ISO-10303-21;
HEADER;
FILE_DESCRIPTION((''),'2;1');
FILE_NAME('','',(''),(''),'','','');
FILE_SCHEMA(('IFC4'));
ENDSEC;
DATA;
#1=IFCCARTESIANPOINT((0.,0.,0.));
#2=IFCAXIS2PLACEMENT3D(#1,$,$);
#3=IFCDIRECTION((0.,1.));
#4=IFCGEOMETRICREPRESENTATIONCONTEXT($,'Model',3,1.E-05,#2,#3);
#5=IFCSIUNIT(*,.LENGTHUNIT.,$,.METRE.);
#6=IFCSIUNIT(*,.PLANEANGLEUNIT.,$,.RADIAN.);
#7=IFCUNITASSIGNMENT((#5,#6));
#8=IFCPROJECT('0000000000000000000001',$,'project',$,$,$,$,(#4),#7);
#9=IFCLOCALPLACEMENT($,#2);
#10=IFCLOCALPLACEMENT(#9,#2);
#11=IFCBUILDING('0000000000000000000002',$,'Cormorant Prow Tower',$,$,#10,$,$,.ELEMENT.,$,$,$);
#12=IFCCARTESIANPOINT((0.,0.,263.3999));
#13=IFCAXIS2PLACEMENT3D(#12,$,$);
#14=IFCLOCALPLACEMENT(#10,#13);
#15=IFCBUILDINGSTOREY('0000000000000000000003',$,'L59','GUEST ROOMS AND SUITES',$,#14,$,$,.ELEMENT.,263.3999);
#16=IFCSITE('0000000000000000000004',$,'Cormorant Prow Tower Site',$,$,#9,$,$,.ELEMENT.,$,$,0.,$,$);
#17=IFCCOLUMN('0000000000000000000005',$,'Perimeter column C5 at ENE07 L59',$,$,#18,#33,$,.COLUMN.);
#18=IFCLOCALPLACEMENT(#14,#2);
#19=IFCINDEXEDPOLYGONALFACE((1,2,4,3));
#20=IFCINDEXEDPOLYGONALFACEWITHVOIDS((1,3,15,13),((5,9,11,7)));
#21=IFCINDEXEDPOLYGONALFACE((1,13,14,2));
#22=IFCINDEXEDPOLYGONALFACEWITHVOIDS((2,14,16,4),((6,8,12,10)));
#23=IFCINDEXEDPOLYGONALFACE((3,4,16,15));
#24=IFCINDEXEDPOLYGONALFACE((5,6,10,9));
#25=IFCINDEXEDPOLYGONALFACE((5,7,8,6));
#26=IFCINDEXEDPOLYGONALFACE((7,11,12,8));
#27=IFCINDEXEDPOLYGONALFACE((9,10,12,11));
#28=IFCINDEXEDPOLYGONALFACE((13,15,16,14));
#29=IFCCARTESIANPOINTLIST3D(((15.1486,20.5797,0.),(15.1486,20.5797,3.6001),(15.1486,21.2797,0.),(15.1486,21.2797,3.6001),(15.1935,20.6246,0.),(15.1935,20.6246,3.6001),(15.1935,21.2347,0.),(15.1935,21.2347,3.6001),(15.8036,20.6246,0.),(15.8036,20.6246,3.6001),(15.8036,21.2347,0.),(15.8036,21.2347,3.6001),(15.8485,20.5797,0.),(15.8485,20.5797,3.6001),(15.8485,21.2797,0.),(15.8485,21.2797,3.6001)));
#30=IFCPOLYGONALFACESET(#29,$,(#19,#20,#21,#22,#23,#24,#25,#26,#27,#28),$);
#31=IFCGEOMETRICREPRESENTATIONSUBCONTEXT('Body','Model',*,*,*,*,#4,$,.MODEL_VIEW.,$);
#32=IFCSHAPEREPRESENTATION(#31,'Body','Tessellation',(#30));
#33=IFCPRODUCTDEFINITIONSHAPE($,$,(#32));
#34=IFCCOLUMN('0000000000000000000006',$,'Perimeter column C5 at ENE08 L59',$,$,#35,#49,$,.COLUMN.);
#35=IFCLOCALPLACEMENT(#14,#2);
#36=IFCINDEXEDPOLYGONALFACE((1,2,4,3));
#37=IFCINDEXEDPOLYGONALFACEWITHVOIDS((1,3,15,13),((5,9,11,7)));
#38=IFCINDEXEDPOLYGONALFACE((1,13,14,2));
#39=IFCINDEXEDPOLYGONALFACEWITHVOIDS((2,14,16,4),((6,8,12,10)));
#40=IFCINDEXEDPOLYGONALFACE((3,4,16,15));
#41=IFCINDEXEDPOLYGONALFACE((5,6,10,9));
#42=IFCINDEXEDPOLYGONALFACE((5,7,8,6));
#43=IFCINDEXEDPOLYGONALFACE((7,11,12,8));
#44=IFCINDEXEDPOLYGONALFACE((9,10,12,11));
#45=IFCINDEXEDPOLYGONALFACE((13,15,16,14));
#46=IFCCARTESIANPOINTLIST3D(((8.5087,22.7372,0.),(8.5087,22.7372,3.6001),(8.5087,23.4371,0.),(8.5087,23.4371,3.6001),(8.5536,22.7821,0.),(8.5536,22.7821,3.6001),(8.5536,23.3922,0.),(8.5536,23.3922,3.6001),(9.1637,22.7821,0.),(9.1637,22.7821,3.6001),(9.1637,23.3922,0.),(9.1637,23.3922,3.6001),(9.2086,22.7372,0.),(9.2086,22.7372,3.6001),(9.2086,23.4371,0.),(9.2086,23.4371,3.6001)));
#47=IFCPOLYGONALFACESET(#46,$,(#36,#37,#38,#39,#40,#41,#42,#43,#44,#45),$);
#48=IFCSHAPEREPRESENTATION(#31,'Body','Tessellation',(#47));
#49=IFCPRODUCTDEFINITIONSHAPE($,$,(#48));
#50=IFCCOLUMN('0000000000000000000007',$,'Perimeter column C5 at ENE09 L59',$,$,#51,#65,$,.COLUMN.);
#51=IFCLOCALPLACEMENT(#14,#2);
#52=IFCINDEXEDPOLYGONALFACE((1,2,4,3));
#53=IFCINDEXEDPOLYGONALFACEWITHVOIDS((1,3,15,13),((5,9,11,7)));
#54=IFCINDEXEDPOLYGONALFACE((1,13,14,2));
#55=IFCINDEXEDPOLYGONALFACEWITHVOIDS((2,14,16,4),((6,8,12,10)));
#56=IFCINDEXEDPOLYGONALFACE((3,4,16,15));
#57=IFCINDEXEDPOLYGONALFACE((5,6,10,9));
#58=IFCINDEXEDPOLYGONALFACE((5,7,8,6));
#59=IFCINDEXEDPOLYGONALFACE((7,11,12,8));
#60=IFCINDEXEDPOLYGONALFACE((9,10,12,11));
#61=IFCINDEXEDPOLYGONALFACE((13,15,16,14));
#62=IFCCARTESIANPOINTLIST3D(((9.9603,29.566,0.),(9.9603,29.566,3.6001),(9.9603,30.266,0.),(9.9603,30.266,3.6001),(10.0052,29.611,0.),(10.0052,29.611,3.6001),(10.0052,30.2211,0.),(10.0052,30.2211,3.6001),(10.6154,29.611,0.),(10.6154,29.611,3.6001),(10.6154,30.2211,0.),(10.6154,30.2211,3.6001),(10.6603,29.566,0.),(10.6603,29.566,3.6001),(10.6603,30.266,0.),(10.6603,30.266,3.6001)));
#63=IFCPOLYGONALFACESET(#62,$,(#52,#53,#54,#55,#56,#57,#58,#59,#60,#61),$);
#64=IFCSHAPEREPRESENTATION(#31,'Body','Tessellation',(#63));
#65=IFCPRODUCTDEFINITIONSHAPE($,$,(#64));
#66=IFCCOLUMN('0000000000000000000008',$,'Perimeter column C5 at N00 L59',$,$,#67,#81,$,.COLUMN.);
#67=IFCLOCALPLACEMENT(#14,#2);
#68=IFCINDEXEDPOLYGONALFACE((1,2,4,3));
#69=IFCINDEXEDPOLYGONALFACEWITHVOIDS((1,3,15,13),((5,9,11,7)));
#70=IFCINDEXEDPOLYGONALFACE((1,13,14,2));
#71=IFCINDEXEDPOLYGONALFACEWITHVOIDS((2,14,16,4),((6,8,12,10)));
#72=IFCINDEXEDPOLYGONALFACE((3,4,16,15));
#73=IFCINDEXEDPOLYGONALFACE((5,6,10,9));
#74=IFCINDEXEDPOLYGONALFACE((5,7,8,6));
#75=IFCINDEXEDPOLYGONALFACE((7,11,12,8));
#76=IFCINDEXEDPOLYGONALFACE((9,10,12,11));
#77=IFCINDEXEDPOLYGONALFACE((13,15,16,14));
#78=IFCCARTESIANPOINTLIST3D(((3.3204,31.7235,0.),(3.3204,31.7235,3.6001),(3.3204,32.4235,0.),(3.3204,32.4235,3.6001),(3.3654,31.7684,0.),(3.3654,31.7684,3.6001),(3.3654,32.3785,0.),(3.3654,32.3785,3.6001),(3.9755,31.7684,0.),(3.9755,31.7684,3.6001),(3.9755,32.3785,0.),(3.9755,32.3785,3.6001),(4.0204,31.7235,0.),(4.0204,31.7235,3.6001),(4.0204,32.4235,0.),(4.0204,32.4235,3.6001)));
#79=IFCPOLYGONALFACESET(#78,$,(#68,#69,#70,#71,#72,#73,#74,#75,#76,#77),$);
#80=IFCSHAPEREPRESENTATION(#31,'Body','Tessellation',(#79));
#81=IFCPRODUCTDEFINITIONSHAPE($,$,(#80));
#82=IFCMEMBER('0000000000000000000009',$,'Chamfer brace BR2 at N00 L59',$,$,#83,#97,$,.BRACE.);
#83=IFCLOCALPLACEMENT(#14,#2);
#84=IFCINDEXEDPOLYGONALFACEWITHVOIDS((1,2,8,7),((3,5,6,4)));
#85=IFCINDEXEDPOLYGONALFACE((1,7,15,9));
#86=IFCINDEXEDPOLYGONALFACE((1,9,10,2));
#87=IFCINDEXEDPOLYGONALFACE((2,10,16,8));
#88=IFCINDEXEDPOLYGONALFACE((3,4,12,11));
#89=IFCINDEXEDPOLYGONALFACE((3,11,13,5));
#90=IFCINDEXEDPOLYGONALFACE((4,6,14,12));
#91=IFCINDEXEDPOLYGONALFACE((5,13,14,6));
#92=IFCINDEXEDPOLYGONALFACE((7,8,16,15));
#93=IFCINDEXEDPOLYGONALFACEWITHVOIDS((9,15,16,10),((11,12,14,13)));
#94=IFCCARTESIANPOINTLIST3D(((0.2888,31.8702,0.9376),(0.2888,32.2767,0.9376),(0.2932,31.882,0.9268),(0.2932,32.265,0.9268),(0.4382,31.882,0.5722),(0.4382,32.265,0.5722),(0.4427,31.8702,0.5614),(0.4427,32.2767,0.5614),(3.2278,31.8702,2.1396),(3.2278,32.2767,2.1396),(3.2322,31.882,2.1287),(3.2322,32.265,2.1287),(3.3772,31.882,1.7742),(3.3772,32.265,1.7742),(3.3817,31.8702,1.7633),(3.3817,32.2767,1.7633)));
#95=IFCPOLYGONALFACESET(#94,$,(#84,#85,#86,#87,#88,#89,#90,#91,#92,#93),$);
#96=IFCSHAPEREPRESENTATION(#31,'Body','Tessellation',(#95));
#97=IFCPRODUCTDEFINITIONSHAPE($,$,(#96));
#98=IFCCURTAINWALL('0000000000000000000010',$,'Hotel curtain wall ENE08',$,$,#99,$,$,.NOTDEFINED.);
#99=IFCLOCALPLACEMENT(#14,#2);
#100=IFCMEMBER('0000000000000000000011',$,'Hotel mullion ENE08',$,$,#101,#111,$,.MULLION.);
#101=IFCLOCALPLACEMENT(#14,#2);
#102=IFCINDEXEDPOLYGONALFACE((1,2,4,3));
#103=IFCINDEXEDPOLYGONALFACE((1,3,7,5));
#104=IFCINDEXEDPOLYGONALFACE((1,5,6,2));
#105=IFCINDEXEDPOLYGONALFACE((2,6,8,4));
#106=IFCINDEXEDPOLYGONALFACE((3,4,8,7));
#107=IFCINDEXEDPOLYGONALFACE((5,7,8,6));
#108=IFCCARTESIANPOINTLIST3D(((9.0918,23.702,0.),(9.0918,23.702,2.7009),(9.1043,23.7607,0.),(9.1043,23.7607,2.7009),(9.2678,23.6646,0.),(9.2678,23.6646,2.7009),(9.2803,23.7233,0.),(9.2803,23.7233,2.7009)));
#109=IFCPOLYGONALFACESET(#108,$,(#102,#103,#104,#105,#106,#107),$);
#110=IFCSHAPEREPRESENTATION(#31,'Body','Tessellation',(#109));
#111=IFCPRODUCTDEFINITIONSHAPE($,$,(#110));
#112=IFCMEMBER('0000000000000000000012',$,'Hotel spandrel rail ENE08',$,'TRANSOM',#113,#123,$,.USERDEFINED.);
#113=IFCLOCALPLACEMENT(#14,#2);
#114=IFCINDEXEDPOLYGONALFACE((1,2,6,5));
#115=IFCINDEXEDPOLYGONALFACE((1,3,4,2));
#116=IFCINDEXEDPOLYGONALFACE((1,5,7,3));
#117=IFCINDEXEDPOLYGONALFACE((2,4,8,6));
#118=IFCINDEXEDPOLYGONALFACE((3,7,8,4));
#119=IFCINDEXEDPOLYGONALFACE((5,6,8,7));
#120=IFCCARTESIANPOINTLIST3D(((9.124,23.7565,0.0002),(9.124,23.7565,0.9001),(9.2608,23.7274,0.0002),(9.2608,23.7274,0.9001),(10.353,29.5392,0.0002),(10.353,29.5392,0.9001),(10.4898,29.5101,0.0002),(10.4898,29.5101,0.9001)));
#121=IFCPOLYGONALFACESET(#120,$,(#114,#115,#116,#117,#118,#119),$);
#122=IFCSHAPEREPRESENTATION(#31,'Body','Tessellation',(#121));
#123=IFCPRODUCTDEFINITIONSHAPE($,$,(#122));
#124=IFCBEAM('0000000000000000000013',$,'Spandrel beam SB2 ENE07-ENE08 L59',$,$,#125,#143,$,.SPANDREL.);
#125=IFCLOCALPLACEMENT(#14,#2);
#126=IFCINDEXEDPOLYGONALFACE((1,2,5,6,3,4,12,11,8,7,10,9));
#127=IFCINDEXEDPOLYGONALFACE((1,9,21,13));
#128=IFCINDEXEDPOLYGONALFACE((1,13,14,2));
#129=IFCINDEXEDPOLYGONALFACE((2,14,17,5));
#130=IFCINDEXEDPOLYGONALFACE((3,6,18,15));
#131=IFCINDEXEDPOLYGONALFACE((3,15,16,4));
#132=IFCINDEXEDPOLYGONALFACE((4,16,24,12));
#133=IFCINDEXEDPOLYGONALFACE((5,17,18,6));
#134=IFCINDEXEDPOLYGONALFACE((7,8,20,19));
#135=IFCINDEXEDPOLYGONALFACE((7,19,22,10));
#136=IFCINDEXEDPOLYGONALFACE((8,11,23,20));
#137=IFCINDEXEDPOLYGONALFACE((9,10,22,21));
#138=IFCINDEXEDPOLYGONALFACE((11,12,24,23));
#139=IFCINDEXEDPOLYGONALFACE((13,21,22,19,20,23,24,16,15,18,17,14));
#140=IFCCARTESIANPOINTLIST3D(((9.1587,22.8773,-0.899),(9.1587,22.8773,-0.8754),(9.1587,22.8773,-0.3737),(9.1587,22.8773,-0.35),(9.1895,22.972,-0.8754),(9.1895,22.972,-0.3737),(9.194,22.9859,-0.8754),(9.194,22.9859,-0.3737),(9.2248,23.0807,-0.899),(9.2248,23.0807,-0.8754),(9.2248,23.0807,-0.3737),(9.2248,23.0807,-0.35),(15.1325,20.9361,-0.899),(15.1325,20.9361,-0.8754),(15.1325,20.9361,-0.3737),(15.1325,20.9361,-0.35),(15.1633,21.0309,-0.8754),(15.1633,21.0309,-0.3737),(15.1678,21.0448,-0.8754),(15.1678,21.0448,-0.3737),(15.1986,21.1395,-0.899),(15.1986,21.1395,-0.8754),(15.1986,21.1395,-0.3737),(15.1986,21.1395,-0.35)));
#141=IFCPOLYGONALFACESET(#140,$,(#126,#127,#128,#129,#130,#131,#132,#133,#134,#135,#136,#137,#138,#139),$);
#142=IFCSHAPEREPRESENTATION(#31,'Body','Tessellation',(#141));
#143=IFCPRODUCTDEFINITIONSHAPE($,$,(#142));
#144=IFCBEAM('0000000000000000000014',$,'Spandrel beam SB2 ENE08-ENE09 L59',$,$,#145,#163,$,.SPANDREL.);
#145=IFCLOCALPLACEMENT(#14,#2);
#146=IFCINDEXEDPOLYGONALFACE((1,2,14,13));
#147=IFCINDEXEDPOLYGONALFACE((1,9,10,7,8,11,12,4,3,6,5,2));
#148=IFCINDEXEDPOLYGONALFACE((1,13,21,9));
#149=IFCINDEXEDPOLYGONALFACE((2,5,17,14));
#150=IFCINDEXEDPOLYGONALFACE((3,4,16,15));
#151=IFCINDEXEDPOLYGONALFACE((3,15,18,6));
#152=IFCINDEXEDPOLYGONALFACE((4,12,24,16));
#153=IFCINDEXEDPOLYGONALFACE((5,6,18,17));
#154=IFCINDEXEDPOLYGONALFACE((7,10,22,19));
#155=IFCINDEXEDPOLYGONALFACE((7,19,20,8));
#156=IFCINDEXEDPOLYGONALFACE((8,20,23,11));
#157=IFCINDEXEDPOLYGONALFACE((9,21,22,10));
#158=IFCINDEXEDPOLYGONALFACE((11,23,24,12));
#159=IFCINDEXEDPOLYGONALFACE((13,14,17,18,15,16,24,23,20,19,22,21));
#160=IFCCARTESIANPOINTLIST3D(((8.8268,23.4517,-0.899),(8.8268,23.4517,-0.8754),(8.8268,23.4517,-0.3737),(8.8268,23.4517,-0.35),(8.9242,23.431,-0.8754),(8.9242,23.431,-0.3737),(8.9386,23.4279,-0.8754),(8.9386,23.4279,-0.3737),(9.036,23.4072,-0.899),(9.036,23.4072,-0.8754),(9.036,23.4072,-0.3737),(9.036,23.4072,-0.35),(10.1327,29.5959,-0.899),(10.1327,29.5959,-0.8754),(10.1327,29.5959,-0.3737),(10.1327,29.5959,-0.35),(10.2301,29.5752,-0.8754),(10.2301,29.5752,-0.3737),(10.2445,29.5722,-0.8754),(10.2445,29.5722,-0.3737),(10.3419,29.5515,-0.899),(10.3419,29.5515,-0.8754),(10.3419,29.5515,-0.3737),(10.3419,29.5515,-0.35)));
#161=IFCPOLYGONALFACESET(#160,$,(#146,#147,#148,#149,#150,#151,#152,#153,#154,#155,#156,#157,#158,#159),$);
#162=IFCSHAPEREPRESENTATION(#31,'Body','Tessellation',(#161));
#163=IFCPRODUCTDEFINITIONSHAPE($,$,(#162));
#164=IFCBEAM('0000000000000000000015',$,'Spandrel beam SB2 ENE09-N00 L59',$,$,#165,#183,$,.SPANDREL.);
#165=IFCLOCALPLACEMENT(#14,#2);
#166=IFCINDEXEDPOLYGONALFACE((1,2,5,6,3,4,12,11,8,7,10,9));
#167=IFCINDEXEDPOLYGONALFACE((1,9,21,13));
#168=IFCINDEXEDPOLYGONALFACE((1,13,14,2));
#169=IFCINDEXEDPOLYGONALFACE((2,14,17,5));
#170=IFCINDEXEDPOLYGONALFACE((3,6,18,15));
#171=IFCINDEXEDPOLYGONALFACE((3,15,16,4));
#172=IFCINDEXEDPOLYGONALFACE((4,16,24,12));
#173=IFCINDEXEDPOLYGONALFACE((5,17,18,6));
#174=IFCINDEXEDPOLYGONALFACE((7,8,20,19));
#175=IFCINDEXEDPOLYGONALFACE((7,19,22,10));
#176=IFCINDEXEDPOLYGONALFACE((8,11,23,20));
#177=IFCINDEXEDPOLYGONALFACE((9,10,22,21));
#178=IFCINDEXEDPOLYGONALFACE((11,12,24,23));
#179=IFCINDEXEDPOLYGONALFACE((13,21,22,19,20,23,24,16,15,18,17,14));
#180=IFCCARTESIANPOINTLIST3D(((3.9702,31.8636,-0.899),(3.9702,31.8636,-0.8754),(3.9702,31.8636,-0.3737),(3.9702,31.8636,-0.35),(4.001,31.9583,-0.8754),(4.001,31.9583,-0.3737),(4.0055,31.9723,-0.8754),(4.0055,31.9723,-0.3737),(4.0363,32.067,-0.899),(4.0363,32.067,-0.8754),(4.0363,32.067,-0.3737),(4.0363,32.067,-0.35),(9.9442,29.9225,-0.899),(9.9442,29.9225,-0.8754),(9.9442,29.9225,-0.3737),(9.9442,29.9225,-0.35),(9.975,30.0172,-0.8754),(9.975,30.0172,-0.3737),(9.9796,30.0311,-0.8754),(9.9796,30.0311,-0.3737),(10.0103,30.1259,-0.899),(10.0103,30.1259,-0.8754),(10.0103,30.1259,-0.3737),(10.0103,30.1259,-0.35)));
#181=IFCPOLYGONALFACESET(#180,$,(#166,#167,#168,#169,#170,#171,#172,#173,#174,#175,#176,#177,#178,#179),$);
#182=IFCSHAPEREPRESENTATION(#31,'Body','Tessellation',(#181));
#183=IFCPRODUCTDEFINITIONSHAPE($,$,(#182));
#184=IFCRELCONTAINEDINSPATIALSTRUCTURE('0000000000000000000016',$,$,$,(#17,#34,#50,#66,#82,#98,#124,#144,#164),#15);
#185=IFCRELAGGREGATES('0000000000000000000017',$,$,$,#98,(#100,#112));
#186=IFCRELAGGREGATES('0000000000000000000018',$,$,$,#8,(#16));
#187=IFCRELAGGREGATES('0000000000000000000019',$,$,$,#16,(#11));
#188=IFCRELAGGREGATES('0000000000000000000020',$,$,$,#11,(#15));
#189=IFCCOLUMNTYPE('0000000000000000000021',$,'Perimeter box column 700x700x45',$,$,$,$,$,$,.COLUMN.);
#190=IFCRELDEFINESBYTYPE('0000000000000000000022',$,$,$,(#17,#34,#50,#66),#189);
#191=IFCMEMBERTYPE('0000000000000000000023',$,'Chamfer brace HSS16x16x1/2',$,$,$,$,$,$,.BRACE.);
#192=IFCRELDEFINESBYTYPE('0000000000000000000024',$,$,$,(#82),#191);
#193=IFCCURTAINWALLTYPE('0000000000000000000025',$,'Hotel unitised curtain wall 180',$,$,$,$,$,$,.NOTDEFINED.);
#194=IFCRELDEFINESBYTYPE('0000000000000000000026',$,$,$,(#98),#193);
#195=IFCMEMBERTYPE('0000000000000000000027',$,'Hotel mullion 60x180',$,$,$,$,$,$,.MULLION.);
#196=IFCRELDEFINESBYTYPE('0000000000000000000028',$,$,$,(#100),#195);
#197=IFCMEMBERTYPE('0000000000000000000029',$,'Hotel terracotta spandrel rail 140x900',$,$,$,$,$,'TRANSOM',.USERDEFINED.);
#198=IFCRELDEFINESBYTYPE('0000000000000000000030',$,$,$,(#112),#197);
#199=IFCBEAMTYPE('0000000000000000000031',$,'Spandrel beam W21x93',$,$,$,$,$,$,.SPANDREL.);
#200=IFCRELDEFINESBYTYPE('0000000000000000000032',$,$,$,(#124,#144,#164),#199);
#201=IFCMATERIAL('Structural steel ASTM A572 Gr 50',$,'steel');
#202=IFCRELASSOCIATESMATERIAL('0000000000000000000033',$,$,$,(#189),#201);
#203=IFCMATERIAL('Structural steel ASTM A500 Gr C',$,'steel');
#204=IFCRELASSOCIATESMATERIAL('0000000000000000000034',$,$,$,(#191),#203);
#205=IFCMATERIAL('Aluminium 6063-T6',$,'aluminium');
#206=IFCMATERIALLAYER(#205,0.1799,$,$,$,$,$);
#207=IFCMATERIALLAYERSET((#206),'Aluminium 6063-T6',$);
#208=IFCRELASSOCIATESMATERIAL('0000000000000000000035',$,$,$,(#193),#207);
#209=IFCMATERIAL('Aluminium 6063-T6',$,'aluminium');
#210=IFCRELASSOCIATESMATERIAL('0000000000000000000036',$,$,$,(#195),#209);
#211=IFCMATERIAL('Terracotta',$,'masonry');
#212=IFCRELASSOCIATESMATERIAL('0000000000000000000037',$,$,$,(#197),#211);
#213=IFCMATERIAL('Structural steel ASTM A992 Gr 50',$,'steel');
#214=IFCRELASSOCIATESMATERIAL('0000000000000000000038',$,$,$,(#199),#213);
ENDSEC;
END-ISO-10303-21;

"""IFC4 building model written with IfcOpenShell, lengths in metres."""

from ifc_helpers import new_model, si_unit, direction, frame, origin, origin_2d, place, context, subcontext, project, spatial, rectangle, hollow_rectangle, i_section, extrude, material, layer, layer_set, material_profile, profile_set, type_object, element, aggregate, save


model = new_model("IFC4")

# Units and contexts
model_context = context("Model", 3, precision=1e-05, world=origin(), true_north=direction((0.0, 1.0)))
body_context = subcontext(model_context, "Body", "Model", "MODEL_VIEW")
ifc_project = project(units=[si_unit("LENGTHUNIT", "METRE"), si_unit("PLANEANGLEUNIT", "RADIAN")], contexts=[model_context])

# Site, building, storey
site_placement = place(None, origin())
site = spatial("IfcSite", under=ifc_project, at=site_placement, Name="Cormorant Prow Tower Site", CompositionType="ELEMENT", RefElevation=0.0)
building_placement = place(site_placement, origin())
building = spatial("IfcBuilding", under=site, at=building_placement, Name="Cormorant Prow Tower", CompositionType="ELEMENT")
storey_placement = place(building_placement, frame((0.0, 0.0, 263.3999)))
storey = spatial("IfcBuildingStorey", under=building, at=storey_placement, Name="L59", Description="GUEST ROOMS AND SUITES", CompositionType="ELEMENT", Elevation=263.3999)

# Columns
ifc_material_1 = material(Name="Structural steel ASTM A572 Gr 50", Category="steel")
ifc_material_profile_1 = material_profile(ifc_material_1, hollow_rectangle(XDim=0.7, YDim=0.7, WallThickness=0.0449, at=origin_2d()), Name="Box 700x700x45")
ifc_profile_set_1 = profile_set([ifc_material_profile_1], Name="Structural steel ASTM A572 Gr 50")
column_type = type_object("IfcColumnType", Name="Perimeter box column 700x700x45", PredefinedType="COLUMN", material=ifc_profile_set_1)
for number, where, z_axis, x_axis, name in (
    (1, (15.4985, 20.9297, 0.0), (0.0, 0.0, 1.0), (1.0, 0.0, 0.0), "Perimeter column C5 at ENE07 L59"),
    (2, (8.8586, 23.0872, 0.0), (0.0, 0.0, 1.0), (1.0, 0.0, 0.0), "Perimeter column C5 at ENE08 L59"),
    (3, (10.3103, 29.916, 0.0), (0.0, 0.0, 1.0), (1.0, 0.0, 0.0), "Perimeter column C5 at ENE09 L59"),
    (4, (3.6704, 32.0735, 0.0), (0.0, 0.0, 1.0), (1.0, 0.0, 0.0), "Perimeter column C5 at N00 L59"),
):
    element("IfcColumn", number, at=place(storey_placement, frame(where, z_axis=z_axis, x_axis=x_axis)), inside=storey, type_object=column_type, Name=name, PredefinedType="COLUMN", context=body_context, shape_type="SweptSolid", body=[
        extrude(hollow_rectangle(XDim=0.7, YDim=0.7, WallThickness=0.0449, at=origin_2d()), origin(), (0.0, 0.0, 1.0), 3.6001),
    ])

# Member
ifc_material_2 = material(Name="Structural steel ASTM A500 Gr C", Category="steel")
ifc_material_profile_2 = material_profile(ifc_material_2, hollow_rectangle(XDim=0.4065, YDim=0.4065, WallThickness=0.0117, at=origin_2d()), Name="HSS16x16x1/2")
ifc_profile_set_2 = profile_set([ifc_material_profile_2], Name="Structural steel ASTM A500 Gr C")
member_type_1 = type_object("IfcMemberType", Name="Chamfer brace HSS16x16x1/2", PredefinedType="BRACE", material=ifc_profile_set_2)
member_1_placement = place(storey_placement, frame((0.3657, 32.0735, 0.7495), z_axis=(0.925591, 0.0, 0.378525), x_axis=(0.0, 1.0, 0.0)))
element("IfcMember", 5, at=member_1_placement, inside=storey, type_object=member_type_1, Name="Chamfer brace BR2 at N00 L59", PredefinedType="BRACE", context=body_context, shape_type="SweptSolid", body=[
    extrude(hollow_rectangle(XDim=0.4065, YDim=0.4065, WallThickness=0.0117, at=origin_2d()), origin(), (0.0, 0.0, 1.0), 3.1753),
])

# Curtain wall, members
ifc_material_3 = material(Name="Aluminium 6063-T6", Category="aluminium")
ifc_layer_1 = layer(ifc_material_3, 0.1799)
ifc_layer_set_1 = layer_set([ifc_layer_1], Name="Aluminium 6063-T6")
curtain_wall_type = type_object("IfcCurtainWallType", Name="Hotel unitised curtain wall 180", PredefinedType="NOTDEFINED", material=ifc_layer_set_1)
curtain_wall_placement = place(storey_placement, origin())
curtain_wall = element("IfcCurtainWall", 6, at=curtain_wall_placement, inside=storey, type_object=curtain_wall_type, Name="Hotel curtain wall ENE08", PredefinedType="NOTDEFINED")
ifc_material_4 = material(Name="Aluminium 6063-T6", Category="aluminium")
ifc_material_profile_3 = material_profile(ifc_material_4, rectangle(XDim=0.1799, YDim=0.0601, at=origin_2d()), Name="Hotel mullion 60x180")
ifc_profile_set_3 = profile_set([ifc_material_profile_3], Name="Aluminium 6063-T6")
member_type_2 = type_object("IfcMemberType", Name="Hotel mullion 60x180", PredefinedType="MULLION", material=ifc_profile_set_3)
member_2_placement = place(storey_placement, frame((9.186, 23.7126, 0.0), z_axis=(0.0, 0.0, 1.0), x_axis=(-0.978148, 0.207912, 0.0)))
member_2 = element("IfcMember", 7, at=member_2_placement, type_object=member_type_2, Name="Hotel mullion ENE08", PredefinedType="MULLION", context=body_context, shape_type="SweptSolid", body=[
    extrude(rectangle(XDim=0.1799, YDim=0.0601, at=origin_2d()), origin(), (0.0, 0.0, 1.0), 2.7009),
])
ifc_material_5 = material(Name="Terracotta", Category="masonry")
ifc_material_profile_4 = material_profile(ifc_material_5, rectangle(XDim=0.1399, YDim=0.8999, at=origin_2d()), Name="Hotel terracotta spandrel rail 140x900")
ifc_profile_set_4 = profile_set([ifc_material_profile_4], Name="Terracotta")
member_type_3 = type_object("IfcMemberType", Name="Hotel terracotta spandrel rail 140x900", ElementType="TRANSOM", PredefinedType="USERDEFINED", material=ifc_profile_set_4)
member_3_placement = place(storey_placement, frame((9.1924, 23.7419, 0.4502), z_axis=(0.207887, 0.978153, 0.0), x_axis=(-0.978153, 0.207887, 0.0)))
member_3 = element("IfcMember", 8, at=member_3_placement, type_object=member_type_3, Name="Hotel spandrel rail ENE08", ObjectType="TRANSOM", PredefinedType="USERDEFINED", context=body_context, shape_type="SweptSolid", body=[
    extrude(rectangle(XDim=0.1399, YDim=0.8999, at=origin_2d()), origin(), (0.0, 0.0, 1.0), 5.9119),
])

# Beams
ifc_material_6 = material(Name="Structural steel ASTM A992 Gr 50", Category="steel")
ifc_material_profile_5 = material_profile(ifc_material_6, i_section(OverallWidth=0.2139, OverallDepth=0.5491, WebThickness=0.0146, FlangeThickness=0.0237, at=origin_2d()), Name="W21x93")
ifc_profile_set_5 = profile_set([ifc_material_profile_5], Name="Structural steel ASTM A992 Gr 50")
beam_type = type_object("IfcBeamType", Name="Spandrel beam W21x93", PredefinedType="SPANDREL", material=ifc_profile_set_5)
beam_1_placement = place(storey_placement, frame((15.1655, 21.0378, -0.6245), z_axis=(-0.95105, 0.309036, 0.0), x_axis=(-0.309036, -0.95105, 0.0)))
element("IfcBeam", 9, at=beam_1_placement, inside=storey, type_object=beam_type, Name="Spandrel beam SB2 ENE07-ENE08 L59", PredefinedType="SPANDREL", context=body_context, shape_type="SweptSolid", body=[
    extrude(i_section(OverallWidth=0.2139, OverallDepth=0.5491, WebThickness=0.0146, FlangeThickness=0.0237, at=origin_2d()), origin(), (0.0, 0.0, 1.0), 6.2812),
])
for number, where, z_axis, x_axis, name in (
    (10, (8.9314, 23.4294, -0.6245), (0.207896, 0.978151, 0.0), (-0.978151, 0.207896, 0.0), "Spandrel beam SB2 ENE08-ENE09 L59"),
    (11, (9.9773, 30.0242, -0.6245), (-0.951054, 0.309025, 0.0), (-0.309025, -0.951054, 0.0), "Spandrel beam SB2 ENE09-N00 L59"),
):
    element("IfcBeam", number, at=place(storey_placement, frame(where, z_axis=z_axis, x_axis=x_axis)), inside=storey, type_object=beam_type, Name=name, PredefinedType="SPANDREL", context=body_context, shape_type="SweptSolid", body=[
        extrude(i_section(OverallWidth=0.2139, OverallDepth=0.5491, WebThickness=0.0146, FlangeThickness=0.0237, at=origin_2d()), origin(), (0.0, 0.0, 1.0), 6.2815),
    ])

aggregate(curtain_wall, [member_2, member_3])

save(model, "model.ifc")
